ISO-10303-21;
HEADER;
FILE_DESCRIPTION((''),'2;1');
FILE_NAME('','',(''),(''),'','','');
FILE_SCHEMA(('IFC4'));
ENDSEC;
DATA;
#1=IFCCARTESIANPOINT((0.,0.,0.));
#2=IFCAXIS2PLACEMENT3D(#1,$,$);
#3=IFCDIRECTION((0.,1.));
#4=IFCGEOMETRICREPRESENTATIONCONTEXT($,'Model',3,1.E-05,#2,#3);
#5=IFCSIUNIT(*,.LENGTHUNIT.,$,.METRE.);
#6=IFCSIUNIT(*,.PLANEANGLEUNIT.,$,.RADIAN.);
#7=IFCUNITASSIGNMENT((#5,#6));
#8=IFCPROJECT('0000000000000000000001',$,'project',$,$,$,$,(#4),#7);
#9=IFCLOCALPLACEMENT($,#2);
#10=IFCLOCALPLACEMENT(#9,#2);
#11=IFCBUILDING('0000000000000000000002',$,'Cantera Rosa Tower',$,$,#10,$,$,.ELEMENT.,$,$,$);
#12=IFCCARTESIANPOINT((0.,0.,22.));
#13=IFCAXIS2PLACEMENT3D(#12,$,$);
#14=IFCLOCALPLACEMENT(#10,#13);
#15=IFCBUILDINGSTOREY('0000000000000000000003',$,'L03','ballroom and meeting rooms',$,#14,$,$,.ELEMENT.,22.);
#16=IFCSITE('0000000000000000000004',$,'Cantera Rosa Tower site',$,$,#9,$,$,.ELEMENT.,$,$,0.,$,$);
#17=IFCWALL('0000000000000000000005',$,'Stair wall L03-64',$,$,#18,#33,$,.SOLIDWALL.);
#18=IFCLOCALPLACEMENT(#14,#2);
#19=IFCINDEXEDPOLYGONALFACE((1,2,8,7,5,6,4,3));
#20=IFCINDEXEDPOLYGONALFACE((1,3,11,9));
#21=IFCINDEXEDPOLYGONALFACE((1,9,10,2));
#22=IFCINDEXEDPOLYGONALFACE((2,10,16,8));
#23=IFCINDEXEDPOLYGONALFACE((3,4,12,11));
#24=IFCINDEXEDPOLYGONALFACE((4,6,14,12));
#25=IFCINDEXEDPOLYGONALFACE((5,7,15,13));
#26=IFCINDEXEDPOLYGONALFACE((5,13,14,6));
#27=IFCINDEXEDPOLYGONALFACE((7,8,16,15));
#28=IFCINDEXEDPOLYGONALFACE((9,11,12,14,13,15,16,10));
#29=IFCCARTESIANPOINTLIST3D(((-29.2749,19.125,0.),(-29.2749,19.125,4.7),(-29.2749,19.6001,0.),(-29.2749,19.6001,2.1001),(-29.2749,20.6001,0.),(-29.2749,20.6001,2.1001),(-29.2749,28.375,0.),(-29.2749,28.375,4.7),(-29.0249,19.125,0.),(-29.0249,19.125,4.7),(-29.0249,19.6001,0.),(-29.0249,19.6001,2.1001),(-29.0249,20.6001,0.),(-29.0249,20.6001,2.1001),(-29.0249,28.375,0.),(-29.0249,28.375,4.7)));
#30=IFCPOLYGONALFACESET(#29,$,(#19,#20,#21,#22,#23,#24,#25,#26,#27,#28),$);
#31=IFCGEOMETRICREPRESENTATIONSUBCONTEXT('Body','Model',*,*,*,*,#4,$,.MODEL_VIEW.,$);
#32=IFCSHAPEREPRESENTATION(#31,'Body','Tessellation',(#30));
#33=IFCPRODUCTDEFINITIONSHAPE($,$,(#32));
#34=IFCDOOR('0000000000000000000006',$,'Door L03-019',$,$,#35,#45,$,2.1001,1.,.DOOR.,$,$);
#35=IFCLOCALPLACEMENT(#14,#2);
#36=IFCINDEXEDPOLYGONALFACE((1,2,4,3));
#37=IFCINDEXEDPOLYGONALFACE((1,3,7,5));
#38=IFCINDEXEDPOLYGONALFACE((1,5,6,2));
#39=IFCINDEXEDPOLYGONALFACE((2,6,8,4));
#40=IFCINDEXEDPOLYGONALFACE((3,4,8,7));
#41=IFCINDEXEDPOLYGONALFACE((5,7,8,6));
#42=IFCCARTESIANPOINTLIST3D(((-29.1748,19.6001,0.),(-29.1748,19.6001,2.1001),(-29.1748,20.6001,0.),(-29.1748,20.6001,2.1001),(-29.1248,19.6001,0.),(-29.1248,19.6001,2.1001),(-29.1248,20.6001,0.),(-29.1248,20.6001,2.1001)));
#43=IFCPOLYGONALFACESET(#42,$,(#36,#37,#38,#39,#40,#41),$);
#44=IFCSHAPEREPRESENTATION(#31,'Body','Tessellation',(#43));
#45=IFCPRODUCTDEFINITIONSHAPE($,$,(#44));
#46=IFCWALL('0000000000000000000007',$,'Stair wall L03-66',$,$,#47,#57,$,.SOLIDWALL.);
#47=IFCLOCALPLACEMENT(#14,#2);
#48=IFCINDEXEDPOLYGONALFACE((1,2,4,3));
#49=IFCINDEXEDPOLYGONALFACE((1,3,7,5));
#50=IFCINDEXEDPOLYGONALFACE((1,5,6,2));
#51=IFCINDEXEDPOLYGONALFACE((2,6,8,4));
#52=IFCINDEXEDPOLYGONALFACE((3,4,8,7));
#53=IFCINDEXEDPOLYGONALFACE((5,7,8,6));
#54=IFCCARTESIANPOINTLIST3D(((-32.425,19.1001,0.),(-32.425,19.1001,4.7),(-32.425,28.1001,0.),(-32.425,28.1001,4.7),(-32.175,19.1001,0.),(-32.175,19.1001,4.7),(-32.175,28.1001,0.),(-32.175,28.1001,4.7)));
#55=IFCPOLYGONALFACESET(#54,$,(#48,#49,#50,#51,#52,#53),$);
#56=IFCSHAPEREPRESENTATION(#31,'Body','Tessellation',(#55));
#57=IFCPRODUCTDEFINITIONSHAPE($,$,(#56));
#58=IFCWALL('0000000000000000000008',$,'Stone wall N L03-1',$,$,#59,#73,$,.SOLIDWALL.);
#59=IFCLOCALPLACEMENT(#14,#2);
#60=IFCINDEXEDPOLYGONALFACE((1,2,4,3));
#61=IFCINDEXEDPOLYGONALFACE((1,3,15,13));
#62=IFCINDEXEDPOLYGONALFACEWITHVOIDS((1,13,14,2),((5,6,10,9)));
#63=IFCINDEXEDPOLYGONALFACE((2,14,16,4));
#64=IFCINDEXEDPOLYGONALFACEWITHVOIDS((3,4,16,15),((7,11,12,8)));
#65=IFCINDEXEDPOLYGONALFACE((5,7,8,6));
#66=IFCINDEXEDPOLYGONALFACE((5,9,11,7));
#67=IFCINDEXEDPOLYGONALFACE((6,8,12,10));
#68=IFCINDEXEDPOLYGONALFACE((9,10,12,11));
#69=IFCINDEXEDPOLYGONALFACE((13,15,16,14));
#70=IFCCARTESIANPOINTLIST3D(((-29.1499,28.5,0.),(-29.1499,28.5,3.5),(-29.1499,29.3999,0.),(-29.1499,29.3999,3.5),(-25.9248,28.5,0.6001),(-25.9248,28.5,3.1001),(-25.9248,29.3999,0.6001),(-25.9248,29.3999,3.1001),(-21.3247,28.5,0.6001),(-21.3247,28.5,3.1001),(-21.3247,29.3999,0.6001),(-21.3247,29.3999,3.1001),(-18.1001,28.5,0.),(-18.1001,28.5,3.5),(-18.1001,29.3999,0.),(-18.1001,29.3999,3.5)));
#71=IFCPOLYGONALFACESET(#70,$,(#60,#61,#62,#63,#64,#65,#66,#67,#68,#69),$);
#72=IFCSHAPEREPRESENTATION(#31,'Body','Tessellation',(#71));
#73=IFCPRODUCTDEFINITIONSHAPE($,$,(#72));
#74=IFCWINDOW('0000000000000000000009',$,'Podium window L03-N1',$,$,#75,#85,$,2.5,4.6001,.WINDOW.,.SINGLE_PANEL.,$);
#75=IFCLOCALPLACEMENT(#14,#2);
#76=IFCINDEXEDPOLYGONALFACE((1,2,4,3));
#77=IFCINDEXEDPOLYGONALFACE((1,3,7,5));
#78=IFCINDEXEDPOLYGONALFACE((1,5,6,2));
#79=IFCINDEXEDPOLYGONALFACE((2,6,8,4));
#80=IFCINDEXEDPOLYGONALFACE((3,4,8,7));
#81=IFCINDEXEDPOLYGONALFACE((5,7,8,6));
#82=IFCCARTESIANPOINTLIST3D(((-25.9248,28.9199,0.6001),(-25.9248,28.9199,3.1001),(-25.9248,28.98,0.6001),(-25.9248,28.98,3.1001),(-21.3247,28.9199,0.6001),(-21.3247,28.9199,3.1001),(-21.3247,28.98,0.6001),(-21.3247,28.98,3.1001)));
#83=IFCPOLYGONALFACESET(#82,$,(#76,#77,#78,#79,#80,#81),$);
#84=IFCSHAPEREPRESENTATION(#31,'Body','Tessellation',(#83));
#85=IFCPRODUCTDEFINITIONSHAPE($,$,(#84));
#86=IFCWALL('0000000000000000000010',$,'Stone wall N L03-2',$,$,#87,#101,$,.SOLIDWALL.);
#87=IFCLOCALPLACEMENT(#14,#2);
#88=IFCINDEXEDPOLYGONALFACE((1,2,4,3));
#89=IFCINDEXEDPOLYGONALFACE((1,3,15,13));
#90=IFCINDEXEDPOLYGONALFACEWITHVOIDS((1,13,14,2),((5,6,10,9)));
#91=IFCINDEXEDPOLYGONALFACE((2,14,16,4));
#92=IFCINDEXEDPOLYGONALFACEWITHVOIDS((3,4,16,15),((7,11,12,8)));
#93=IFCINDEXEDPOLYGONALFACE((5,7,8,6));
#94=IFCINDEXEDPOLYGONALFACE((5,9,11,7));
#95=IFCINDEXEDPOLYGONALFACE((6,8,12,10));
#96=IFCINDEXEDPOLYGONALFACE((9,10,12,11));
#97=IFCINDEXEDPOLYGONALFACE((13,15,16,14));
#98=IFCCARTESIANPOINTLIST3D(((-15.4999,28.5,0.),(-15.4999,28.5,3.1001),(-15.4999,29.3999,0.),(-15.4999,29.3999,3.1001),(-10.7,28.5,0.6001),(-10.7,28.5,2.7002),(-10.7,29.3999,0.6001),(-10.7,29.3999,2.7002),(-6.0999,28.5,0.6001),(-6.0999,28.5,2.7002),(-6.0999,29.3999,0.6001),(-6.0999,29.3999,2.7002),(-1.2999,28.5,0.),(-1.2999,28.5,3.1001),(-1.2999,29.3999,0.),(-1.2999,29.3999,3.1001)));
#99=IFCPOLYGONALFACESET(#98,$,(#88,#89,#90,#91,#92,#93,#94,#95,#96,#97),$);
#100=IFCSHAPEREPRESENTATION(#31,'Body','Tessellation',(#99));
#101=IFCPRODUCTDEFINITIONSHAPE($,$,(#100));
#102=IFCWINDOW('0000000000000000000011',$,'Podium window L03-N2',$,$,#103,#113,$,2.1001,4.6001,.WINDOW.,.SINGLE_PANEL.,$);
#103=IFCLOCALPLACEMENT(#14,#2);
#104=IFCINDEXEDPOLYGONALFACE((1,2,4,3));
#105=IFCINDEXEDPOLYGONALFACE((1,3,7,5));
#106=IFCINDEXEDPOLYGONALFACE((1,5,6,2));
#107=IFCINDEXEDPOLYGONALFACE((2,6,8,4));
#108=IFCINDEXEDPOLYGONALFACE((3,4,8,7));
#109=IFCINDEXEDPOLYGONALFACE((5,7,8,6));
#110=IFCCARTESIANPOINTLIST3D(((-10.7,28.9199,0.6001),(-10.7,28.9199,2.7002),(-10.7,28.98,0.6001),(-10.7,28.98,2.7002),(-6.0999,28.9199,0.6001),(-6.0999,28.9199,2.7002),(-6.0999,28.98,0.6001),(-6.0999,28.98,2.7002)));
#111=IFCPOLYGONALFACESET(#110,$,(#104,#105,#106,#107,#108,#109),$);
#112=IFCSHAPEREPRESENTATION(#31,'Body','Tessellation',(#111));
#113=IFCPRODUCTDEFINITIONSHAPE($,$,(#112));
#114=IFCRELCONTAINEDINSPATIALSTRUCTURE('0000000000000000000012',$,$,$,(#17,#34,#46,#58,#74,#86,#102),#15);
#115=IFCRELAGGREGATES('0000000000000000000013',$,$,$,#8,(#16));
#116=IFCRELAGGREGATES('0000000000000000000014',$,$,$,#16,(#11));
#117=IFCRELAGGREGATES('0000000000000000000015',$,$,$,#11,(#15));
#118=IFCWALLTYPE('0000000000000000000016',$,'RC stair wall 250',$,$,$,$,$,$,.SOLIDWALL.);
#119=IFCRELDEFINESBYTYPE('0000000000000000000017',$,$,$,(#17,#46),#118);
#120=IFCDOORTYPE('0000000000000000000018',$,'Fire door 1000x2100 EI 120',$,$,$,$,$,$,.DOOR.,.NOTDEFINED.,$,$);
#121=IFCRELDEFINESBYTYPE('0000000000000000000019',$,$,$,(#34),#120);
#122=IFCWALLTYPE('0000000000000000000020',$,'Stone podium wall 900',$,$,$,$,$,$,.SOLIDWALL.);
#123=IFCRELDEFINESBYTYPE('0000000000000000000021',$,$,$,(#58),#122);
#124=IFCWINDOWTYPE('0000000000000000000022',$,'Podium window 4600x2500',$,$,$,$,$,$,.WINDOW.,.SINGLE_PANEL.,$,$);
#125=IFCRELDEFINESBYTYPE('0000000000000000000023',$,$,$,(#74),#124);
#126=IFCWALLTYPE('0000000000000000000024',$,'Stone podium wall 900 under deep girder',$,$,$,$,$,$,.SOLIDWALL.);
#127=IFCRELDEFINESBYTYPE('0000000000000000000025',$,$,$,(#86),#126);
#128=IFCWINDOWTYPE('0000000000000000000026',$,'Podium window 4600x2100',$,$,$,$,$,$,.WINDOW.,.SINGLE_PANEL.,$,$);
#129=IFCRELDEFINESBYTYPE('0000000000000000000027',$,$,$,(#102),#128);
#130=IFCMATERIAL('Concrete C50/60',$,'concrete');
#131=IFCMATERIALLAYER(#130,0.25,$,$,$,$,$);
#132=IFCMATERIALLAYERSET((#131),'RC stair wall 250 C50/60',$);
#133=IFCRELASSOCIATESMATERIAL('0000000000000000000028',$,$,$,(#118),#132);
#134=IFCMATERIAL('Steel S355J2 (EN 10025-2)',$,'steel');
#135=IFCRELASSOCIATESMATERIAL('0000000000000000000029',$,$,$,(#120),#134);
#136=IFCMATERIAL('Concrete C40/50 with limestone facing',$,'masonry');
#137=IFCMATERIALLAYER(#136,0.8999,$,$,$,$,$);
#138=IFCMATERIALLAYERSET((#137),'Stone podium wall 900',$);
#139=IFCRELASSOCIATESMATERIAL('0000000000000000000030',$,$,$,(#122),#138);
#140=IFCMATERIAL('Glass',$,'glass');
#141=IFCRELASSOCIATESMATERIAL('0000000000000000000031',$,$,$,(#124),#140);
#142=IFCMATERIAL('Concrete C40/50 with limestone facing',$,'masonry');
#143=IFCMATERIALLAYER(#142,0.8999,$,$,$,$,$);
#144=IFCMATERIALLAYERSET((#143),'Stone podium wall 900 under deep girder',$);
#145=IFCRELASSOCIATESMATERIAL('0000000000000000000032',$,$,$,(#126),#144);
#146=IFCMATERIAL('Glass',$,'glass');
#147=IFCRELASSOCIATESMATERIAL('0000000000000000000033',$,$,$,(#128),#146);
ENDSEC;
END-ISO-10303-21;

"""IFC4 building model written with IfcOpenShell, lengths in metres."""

from ifc_helpers import new_model, si_unit, direction, frame, frame_2d, origin, place, context, subcontext, project, spatial, rectangle, extrude, material, layer, layer_set, type_object, element, fill, save


model = new_model("IFC4")

# Units and contexts
model_context = context("Model", 3, precision=1e-05, world=origin(), true_north=direction((0.0, 1.0)))
body_context = subcontext(model_context, "Body", "Model", "MODEL_VIEW")
ifc_project = project(units=[si_unit("LENGTHUNIT", "METRE"), si_unit("PLANEANGLEUNIT", "RADIAN")], contexts=[model_context])

# Site, building, storey
site_placement = place(None, origin())
site = spatial("IfcSite", under=ifc_project, at=site_placement, Name="Cantera Rosa Tower site", CompositionType="ELEMENT", RefElevation=0.0)
building_placement = place(site_placement, origin())
building = spatial("IfcBuilding", under=site, at=building_placement, Name="Cantera Rosa Tower", CompositionType="ELEMENT")
storey_placement = place(building_placement, frame((0.0, 0.0, 22.0)))
storey = spatial("IfcBuildingStorey", under=building, at=storey_placement, Name="L03", Description="ballroom and meeting rooms", CompositionType="ELEMENT", Elevation=22.0)

# Wall, opening, door
ifc_material_1 = material(Name="Concrete C50/60", Category="concrete")
ifc_layer_1 = layer(ifc_material_1, 0.25)
ifc_layer_set_1 = layer_set([ifc_layer_1], Name="RC stair wall 250 C50/60")
wall_type_1 = type_object("IfcWallType", Name="RC stair wall 250", PredefinedType="SOLIDWALL", material=ifc_layer_set_1)
wall_1_placement = place(storey_placement, frame((-29.1499, 19.125, 0.0), z_axis=(0.0, 0.0, 1.0), x_axis=(0.0, 1.0, 0.0)))
wall_1 = element("IfcWall", 1, at=wall_1_placement, inside=storey, type_object=wall_type_1, Name="Stair wall L03-64", PredefinedType="SOLIDWALL", context=body_context, shape_type="SweptSolid", body=[
    extrude(rectangle(XDim=9.25, YDim=0.25, at=frame_2d((4.625, 0.0))), origin(), (0.0, 0.0, 1.0), 4.7),
])
opening_1_placement = place(wall_1_placement, frame((0.4751, 0.0, 0.0)))
opening_1 = element("IfcOpeningElement", 2, at=opening_1_placement, cuts=wall_1, PredefinedType="OPENING", context=body_context, shape_type="SweptSolid", body=[
    extrude(rectangle(XDim=1.0, YDim=2.1001, at=frame_2d((0.5, 1.05))), frame((0.0, 0.135, 0.0), z_axis=(0.0, -1.0, 0.0), x_axis=(1.0, 0.0, 0.0)), (0.0, 0.0, 1.0), 0.27),
])
ifc_material_2 = material(Name="Steel S355J2 (EN 10025-2)", Category="steel")
door_type_1 = type_object("IfcDoorType", Name="Fire door 1000x2100 EI 120", OperationType="NOTDEFINED", PredefinedType="DOOR", material=ifc_material_2)
door_1_placement = place(opening_1_placement, origin())
door_1 = element("IfcDoor", 3, at=door_1_placement, inside=storey, type_object=door_type_1, Name="Door L03-019", OverallHeight=2.1001, OverallWidth=1.0, PredefinedType="DOOR", context=body_context, shape_type="SweptSolid", body=[
    extrude(rectangle(XDim=1.0, YDim=2.1001, at=frame_2d((0.5, 1.05))), frame((0.0, 0.0249, 0.0), z_axis=(0.0, -1.0, 0.0), x_axis=(1.0, 0.0, 0.0)), (0.0, 0.0, 1.0), 0.05),
])
fill(opening_1, door_1)

# Wall
wall_2_placement = place(storey_placement, frame((-32.3, 19.1001, 0.0), z_axis=(0.0, 0.0, 1.0), x_axis=(0.0, 1.0, 0.0)))
element("IfcWall", 4, at=wall_2_placement, inside=storey, type_object=wall_type_1, Name="Stair wall L03-66", PredefinedType="SOLIDWALL", context=body_context, shape_type="SweptSolid", body=[
    extrude(rectangle(XDim=9.0, YDim=0.25, at=frame_2d((4.5, 0.0))), origin(), (0.0, 0.0, 1.0), 4.7),
])

# Walls, openings, windows
ifc_material_3 = material(Name="Concrete C40/50 with limestone facing", Category="masonry")
ifc_layer_2 = layer(ifc_material_3, 0.8999)
ifc_layer_set_2 = layer_set([ifc_layer_2], Name="Stone podium wall 900")
wall_type_2 = type_object("IfcWallType", Name="Stone podium wall 900", PredefinedType="SOLIDWALL", material=ifc_layer_set_2)
wall_3_placement = place(storey_placement, frame((-29.1499, 28.95, 0.0), z_axis=(0.0, 0.0, 1.0), x_axis=(1.0, 0.0, 0.0)))
wall_3 = element("IfcWall", 5, at=wall_3_placement, inside=storey, type_object=wall_type_2, Name="Stone wall N L03-1", PredefinedType="SOLIDWALL", context=body_context, shape_type="SweptSolid", body=[
    extrude(rectangle(XDim=11.0498, YDim=0.8999, at=frame_2d((5.5249, 0.0))), origin(), (0.0, 0.0, 1.0), 3.5),
])
opening_2_placement = place(wall_3_placement, frame((3.2251, 0.0, 0.6001)))
opening_2 = element("IfcOpeningElement", 6, at=opening_2_placement, cuts=wall_3, PredefinedType="OPENING", context=body_context, shape_type="SweptSolid", body=[
    extrude(rectangle(XDim=4.6001, YDim=2.5, at=frame_2d((2.3, 1.25))), frame((0.0, 0.46, 0.0), z_axis=(0.0, -1.0, 0.0), x_axis=(1.0, 0.0, 0.0)), (0.0, 0.0, 1.0), 0.9199),
])
ifc_material_4 = material(Name="Glass", Category="glass")
window_type_1 = type_object("IfcWindowType", Name="Podium window 4600x2500", PartitioningType="SINGLE_PANEL", PredefinedType="WINDOW", material=ifc_material_4)
window_1_placement = place(opening_2_placement, origin())
window_1 = element("IfcWindow", 7, at=window_1_placement, inside=storey, type_object=window_type_1, Name="Podium window L03-N1", OverallHeight=2.5, OverallWidth=4.6001, PartitioningType="SINGLE_PANEL", PredefinedType="WINDOW", context=body_context, shape_type="SweptSolid", body=[
    extrude(rectangle(XDim=4.6001, YDim=2.5, at=frame_2d((2.3, 1.25))), frame((0.0, 0.03, 0.0), z_axis=(0.0, -1.0, 0.0), x_axis=(1.0, 0.0, 0.0)), (0.0, 0.0, 1.0), 0.0601),
])
fill(opening_2, window_1)
ifc_material_5 = material(Name="Concrete C40/50 with limestone facing", Category="masonry")
ifc_layer_3 = layer(ifc_material_5, 0.8999)
ifc_layer_set_3 = layer_set([ifc_layer_3], Name="Stone podium wall 900 under deep girder")
wall_type_3 = type_object("IfcWallType", Name="Stone podium wall 900 under deep girder", PredefinedType="SOLIDWALL", material=ifc_layer_set_3)
wall_4_placement = place(storey_placement, frame((-15.5, 28.95, 0.0), z_axis=(0.0, 0.0, 1.0), x_axis=(1.0, 0.0, 0.0)))
wall_4 = element("IfcWall", 8, at=wall_4_placement, inside=storey, type_object=wall_type_3, Name="Stone wall N L03-2", PredefinedType="SOLIDWALL", context=body_context, shape_type="SweptSolid", body=[
    extrude(rectangle(XDim=14.2, YDim=0.8999, at=frame_2d((7.1001, 0.0))), origin(), (0.0, 0.0, 1.0), 3.1001),
])
opening_3_placement = place(wall_4_placement, frame((4.8, 0.0, 0.6001)))
opening_3 = element("IfcOpeningElement", 9, at=opening_3_placement, cuts=wall_4, PredefinedType="OPENING", context=body_context, shape_type="SweptSolid", body=[
    extrude(rectangle(XDim=4.6001, YDim=2.1001, at=frame_2d((2.3, 1.05))), frame((0.0, 0.46, 0.0), z_axis=(0.0, -1.0, 0.0), x_axis=(1.0, 0.0, 0.0)), (0.0, 0.0, 1.0), 0.9199),
])
ifc_material_6 = material(Name="Glass", Category="glass")
window_type_2 = type_object("IfcWindowType", Name="Podium window 4600x2100", PartitioningType="SINGLE_PANEL", PredefinedType="WINDOW", material=ifc_material_6)
window_2_placement = place(opening_3_placement, origin())
window_2 = element("IfcWindow", 10, at=window_2_placement, inside=storey, type_object=window_type_2, Name="Podium window L03-N2", OverallHeight=2.1001, OverallWidth=4.6001, PartitioningType="SINGLE_PANEL", PredefinedType="WINDOW", context=body_context, shape_type="SweptSolid", body=[
    extrude(rectangle(XDim=4.6001, YDim=2.1001, at=frame_2d((2.3, 1.05))), frame((0.0, 0.03, 0.0), z_axis=(0.0, -1.0, 0.0), x_axis=(1.0, 0.0, 0.0)), (0.0, 0.0, 1.0), 0.0601),
])
fill(opening_3, window_2)

save(model, "model.ifc")
